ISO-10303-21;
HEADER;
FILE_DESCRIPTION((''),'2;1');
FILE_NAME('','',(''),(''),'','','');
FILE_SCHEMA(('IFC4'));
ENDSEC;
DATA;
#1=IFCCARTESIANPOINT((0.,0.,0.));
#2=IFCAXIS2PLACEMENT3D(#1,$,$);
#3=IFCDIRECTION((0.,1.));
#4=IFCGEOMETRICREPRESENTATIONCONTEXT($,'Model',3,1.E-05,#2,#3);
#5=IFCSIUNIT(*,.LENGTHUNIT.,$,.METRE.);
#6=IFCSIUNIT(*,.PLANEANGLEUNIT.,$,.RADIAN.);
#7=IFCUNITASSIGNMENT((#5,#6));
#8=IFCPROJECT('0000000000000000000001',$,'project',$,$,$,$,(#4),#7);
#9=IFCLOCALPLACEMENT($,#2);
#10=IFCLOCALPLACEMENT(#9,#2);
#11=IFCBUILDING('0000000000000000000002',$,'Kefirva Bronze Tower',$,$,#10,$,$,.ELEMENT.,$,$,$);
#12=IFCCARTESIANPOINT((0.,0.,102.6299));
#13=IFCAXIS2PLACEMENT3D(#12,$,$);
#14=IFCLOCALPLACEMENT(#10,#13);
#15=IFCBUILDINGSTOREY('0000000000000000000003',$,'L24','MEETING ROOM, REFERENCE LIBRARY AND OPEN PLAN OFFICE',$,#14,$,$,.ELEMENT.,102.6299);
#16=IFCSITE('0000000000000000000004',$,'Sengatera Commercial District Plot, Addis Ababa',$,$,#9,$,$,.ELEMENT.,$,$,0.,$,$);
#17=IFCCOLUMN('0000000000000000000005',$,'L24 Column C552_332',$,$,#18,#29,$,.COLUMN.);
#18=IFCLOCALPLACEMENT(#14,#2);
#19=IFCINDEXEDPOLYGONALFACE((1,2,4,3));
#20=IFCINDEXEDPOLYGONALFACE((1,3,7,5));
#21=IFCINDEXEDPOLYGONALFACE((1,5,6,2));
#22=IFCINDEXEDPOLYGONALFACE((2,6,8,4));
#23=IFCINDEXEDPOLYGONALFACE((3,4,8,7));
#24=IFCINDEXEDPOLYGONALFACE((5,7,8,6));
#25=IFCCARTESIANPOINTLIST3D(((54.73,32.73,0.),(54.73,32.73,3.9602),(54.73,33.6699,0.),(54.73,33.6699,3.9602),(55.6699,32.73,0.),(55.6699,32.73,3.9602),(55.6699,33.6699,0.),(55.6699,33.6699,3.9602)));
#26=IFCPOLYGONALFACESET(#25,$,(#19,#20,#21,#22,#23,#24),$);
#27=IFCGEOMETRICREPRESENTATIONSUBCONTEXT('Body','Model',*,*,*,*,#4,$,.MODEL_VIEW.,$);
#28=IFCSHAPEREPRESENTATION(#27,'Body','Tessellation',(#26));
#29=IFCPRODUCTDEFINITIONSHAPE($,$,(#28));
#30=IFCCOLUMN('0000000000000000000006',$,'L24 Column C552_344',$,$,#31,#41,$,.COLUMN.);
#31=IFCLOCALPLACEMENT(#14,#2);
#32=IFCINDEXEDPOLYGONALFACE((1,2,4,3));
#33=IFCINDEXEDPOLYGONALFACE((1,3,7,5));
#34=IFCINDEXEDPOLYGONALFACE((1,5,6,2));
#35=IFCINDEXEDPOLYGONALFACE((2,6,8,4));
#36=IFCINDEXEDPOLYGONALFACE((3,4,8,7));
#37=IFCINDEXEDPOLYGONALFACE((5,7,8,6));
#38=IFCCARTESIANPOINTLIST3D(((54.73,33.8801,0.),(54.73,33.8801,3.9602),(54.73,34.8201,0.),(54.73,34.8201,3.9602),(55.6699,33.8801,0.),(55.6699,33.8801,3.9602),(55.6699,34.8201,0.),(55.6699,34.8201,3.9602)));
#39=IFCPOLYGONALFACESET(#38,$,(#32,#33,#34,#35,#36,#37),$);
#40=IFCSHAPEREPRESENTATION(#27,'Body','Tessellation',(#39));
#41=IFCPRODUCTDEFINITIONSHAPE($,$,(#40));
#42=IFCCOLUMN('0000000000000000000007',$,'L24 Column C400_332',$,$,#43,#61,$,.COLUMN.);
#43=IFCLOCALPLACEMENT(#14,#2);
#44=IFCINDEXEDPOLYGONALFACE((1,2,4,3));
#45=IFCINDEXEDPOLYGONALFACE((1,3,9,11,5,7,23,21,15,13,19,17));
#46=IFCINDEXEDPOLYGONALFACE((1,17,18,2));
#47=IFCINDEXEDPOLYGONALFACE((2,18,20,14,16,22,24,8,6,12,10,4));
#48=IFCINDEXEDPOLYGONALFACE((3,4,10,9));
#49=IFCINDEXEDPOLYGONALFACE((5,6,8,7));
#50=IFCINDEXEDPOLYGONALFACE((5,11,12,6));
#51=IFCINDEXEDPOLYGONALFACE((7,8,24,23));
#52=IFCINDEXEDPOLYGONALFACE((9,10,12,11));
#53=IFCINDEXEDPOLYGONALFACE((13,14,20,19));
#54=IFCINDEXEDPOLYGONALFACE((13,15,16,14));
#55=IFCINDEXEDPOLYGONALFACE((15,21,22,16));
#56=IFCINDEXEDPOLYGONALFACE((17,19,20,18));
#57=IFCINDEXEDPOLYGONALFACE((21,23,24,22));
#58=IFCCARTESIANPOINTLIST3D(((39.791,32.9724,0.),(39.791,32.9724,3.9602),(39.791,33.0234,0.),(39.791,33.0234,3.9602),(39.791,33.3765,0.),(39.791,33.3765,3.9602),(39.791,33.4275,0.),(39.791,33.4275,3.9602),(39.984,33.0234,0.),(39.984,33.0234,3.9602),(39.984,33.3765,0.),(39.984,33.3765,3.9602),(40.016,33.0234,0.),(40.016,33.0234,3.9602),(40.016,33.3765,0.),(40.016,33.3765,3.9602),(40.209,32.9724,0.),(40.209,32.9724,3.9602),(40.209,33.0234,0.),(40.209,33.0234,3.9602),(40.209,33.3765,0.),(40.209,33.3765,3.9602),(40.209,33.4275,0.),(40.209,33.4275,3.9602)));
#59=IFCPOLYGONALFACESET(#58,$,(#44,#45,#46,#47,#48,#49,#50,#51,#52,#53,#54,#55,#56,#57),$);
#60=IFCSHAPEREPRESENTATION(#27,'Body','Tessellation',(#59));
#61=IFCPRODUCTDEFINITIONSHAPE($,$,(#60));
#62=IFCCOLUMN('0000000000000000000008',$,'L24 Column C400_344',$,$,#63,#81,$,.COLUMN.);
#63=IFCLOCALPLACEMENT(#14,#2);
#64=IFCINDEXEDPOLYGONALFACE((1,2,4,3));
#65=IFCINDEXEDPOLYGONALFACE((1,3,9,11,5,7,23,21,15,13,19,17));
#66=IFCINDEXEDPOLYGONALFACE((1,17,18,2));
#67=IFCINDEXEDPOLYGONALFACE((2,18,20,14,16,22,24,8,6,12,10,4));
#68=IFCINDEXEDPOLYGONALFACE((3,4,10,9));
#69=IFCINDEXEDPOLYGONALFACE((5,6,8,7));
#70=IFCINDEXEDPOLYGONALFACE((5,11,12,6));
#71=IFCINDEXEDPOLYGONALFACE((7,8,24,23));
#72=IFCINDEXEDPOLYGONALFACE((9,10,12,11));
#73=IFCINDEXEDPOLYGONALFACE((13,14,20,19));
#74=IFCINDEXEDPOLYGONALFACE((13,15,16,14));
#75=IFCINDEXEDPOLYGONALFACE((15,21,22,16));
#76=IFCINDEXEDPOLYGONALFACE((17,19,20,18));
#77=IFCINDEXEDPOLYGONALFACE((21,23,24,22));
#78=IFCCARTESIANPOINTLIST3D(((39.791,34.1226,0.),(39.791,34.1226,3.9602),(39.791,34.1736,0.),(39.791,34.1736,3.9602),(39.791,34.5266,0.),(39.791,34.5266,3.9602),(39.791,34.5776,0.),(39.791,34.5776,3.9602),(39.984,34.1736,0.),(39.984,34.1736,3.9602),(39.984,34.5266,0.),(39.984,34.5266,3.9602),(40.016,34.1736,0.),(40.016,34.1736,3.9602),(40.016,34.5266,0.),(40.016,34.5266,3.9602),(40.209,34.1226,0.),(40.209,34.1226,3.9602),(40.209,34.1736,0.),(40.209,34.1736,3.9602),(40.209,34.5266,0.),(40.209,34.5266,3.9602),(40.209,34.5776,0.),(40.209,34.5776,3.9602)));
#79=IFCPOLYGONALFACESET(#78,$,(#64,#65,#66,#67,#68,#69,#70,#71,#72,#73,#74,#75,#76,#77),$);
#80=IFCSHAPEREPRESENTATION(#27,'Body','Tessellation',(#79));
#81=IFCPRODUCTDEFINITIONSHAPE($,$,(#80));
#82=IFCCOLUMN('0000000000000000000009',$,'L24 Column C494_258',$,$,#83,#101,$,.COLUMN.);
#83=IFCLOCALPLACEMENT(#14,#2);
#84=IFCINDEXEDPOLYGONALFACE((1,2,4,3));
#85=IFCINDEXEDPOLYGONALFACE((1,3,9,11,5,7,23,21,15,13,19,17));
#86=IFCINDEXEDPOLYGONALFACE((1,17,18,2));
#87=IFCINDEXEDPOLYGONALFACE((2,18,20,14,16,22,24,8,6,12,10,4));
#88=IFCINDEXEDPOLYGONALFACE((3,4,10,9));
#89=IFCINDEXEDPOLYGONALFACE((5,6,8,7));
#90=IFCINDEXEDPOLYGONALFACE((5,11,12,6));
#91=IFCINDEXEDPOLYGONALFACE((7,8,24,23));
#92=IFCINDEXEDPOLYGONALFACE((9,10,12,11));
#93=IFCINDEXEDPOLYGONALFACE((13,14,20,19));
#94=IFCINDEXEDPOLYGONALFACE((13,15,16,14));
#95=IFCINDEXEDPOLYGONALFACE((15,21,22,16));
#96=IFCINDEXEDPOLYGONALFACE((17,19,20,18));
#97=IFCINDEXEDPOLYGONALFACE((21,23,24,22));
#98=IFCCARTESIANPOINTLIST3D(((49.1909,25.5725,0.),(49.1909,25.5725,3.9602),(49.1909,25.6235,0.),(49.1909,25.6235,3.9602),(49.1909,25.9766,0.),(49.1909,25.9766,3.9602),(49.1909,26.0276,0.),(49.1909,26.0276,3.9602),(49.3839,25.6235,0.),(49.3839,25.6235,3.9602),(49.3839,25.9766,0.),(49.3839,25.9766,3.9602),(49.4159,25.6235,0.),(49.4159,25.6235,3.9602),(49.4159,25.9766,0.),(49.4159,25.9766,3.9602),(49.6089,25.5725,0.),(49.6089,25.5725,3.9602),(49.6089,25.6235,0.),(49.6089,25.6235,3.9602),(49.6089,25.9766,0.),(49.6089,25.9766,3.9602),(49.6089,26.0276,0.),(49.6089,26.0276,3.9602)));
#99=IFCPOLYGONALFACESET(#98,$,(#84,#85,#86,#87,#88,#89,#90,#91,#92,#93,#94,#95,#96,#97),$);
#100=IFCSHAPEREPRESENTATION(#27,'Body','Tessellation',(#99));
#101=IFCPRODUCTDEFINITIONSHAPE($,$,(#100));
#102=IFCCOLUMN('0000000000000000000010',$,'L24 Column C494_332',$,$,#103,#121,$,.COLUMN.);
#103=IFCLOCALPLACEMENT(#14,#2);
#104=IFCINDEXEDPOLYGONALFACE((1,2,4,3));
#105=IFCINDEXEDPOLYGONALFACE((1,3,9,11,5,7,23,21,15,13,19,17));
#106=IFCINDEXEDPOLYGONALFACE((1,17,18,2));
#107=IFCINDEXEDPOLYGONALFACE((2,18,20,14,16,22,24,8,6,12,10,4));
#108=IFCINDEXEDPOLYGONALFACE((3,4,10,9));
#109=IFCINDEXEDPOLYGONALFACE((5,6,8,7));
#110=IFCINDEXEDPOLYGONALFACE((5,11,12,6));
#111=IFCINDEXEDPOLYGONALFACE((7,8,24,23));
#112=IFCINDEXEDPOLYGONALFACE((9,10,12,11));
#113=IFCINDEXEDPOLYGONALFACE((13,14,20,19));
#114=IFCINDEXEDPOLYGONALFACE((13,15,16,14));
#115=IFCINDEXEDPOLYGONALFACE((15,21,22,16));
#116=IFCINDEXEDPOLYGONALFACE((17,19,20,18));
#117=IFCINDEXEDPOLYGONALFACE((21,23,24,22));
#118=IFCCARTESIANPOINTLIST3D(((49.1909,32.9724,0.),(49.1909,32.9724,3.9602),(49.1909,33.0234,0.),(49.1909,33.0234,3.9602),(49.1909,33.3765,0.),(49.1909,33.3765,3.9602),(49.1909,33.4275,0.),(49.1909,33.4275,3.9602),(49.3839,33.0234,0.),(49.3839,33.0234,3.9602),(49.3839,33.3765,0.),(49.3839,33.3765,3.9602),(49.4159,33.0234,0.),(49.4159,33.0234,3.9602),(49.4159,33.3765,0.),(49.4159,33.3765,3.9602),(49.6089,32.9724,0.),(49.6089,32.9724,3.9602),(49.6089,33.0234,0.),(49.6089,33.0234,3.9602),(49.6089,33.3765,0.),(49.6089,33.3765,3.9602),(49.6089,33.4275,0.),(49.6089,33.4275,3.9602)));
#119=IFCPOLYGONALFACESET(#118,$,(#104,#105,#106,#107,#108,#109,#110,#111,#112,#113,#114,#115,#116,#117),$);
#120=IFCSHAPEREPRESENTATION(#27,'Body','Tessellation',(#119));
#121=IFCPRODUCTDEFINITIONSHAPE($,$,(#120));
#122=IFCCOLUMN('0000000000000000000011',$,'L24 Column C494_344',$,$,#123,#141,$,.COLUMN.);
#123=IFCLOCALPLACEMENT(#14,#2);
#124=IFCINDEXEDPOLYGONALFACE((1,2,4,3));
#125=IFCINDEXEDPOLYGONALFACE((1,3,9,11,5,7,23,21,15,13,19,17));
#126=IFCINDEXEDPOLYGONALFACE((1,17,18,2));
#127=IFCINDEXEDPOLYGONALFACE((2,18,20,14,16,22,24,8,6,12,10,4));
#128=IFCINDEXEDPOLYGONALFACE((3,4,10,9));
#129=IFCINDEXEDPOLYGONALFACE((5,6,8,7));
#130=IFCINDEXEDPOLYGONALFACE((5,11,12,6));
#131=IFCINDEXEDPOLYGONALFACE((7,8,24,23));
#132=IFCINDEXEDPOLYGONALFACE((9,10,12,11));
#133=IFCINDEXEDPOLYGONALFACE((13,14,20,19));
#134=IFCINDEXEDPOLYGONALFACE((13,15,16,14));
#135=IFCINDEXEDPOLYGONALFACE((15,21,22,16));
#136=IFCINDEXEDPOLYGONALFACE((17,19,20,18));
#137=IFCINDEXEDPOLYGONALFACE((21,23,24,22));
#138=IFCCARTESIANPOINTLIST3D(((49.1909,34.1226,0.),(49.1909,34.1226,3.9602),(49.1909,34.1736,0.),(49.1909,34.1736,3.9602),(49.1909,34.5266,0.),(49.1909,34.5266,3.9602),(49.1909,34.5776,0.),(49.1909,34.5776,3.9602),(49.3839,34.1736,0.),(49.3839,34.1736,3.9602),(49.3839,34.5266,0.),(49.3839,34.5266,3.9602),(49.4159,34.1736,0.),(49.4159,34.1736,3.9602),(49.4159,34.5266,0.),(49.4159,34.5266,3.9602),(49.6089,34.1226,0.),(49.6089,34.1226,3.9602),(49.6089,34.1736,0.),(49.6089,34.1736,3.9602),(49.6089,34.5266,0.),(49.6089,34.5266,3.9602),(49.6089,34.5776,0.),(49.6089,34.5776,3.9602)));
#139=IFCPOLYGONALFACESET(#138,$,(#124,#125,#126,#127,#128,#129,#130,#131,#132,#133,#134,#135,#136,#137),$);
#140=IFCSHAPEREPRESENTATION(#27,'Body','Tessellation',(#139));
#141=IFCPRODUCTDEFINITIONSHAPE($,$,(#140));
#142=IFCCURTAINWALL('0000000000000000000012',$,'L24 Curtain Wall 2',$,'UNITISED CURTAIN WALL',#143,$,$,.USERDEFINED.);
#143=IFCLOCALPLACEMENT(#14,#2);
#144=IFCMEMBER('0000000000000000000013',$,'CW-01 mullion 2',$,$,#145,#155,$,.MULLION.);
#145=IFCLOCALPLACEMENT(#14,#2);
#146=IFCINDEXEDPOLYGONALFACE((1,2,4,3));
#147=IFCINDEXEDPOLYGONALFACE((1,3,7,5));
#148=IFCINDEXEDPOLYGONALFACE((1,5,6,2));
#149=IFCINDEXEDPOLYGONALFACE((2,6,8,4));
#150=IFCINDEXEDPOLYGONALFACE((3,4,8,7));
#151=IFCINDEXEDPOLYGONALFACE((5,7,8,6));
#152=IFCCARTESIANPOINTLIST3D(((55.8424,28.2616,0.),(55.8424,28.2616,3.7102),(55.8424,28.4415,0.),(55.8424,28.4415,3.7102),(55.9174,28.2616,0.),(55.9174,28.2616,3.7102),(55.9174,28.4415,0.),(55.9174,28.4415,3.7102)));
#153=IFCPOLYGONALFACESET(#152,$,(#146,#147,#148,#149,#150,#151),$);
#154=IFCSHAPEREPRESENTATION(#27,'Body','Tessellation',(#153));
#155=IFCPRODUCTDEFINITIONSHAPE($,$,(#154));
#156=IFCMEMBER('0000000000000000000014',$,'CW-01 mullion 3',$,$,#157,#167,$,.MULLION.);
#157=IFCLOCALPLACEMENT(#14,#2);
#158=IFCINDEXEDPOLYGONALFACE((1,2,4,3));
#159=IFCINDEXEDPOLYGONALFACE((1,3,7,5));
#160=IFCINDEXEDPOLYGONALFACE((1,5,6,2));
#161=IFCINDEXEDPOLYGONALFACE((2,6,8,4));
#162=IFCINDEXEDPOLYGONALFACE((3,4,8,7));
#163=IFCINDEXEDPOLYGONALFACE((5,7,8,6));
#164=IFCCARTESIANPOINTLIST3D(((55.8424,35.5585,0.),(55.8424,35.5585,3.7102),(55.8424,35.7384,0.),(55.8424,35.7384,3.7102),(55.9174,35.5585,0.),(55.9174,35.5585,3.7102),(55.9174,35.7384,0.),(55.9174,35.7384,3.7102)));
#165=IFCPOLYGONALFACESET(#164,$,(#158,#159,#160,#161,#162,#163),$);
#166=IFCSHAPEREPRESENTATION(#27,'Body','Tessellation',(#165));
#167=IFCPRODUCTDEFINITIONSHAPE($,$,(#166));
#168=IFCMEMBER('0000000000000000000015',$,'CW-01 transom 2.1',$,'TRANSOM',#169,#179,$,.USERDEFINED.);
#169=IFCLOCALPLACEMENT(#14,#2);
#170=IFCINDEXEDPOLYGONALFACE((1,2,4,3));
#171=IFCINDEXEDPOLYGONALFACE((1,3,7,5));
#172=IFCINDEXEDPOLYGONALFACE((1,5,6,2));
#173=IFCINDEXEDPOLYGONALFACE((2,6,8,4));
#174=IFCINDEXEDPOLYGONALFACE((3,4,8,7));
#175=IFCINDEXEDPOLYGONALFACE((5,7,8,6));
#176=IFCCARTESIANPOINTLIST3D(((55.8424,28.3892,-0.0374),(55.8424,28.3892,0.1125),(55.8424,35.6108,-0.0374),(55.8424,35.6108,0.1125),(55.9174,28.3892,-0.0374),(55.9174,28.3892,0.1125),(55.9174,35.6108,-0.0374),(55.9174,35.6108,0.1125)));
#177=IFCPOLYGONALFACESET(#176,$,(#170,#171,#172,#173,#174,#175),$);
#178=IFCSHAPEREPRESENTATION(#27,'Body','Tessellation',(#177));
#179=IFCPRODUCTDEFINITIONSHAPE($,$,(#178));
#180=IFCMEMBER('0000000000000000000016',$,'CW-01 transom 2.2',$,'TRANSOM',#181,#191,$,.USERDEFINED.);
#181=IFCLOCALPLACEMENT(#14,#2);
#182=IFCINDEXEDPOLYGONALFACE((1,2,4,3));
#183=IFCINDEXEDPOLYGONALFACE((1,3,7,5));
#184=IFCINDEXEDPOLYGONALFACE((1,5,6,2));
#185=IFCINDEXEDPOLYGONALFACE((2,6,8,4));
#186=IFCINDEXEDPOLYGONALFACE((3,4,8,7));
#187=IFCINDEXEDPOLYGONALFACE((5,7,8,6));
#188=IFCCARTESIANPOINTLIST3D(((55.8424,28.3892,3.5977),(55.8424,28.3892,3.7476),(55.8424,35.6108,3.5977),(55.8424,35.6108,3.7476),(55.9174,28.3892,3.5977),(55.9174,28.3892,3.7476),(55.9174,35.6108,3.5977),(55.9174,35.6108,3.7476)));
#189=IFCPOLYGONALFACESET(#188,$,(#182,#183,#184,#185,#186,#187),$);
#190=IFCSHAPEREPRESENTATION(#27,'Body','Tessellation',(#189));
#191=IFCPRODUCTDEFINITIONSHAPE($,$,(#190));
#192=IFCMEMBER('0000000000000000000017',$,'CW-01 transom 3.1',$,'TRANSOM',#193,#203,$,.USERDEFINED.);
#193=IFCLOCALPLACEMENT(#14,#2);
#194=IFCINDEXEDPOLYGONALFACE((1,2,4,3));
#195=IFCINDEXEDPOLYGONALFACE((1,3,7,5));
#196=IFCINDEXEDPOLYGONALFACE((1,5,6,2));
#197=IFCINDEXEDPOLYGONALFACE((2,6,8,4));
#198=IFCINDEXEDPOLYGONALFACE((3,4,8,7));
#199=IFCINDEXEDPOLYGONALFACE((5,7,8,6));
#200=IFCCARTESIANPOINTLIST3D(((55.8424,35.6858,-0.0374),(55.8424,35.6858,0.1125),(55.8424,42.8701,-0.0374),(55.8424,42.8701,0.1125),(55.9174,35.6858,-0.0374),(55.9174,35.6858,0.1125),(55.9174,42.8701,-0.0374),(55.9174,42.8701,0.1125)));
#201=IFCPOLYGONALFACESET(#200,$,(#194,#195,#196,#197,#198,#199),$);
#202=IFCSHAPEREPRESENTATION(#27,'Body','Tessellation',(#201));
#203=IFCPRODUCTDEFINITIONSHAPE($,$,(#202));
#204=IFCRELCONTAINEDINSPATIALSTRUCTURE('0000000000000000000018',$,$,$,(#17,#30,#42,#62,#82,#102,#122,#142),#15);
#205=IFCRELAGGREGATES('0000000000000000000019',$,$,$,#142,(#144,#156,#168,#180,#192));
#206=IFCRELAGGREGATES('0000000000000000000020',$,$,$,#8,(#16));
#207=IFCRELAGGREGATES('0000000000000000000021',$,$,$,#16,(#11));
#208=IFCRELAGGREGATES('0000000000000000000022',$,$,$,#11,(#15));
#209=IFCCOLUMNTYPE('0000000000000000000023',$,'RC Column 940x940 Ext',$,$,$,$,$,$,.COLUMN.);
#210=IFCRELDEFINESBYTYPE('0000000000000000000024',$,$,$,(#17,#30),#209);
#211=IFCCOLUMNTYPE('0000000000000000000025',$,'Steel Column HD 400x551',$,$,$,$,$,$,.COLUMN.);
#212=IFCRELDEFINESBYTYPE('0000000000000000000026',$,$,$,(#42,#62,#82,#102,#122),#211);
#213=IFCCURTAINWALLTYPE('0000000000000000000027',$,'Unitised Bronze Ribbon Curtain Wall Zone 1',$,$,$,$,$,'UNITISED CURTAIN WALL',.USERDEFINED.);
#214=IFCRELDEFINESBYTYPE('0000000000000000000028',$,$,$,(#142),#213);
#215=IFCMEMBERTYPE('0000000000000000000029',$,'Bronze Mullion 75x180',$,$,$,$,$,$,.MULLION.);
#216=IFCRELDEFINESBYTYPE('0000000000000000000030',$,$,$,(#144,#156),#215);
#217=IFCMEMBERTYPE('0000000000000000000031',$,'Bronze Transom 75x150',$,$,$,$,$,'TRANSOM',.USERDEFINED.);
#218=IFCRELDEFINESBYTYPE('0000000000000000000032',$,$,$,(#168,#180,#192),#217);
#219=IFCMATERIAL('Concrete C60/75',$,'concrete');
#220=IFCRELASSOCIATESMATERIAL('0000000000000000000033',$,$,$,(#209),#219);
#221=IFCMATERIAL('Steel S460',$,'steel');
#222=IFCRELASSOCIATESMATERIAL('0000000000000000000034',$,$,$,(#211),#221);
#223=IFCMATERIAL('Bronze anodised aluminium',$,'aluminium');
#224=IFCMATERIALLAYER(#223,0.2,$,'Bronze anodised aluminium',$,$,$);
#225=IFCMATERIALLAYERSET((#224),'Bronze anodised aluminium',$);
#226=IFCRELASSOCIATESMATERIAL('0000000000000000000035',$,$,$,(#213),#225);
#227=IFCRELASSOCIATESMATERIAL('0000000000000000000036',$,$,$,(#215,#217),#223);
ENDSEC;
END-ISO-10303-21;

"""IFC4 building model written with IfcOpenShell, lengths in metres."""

from ifc_helpers import new_model, si_unit, direction, frame, origin, origin_2d, place, context, subcontext, project, spatial, rectangle, i_section, extrude, material, layer, layer_set, material_profile, profile_set, type_object, element, aggregate, save


model = new_model("IFC4")

# Units and contexts
model_context = context("Model", 3, precision=1e-05, world=origin(), true_north=direction((0.0, 1.0)))
body_context = subcontext(model_context, "Body", "Model", "MODEL_VIEW")
ifc_project = project(units=[si_unit("LENGTHUNIT", "METRE"), si_unit("PLANEANGLEUNIT", "RADIAN")], contexts=[model_context])

# Site, building, storey
site_placement = place(None, origin())
site = spatial("IfcSite", under=ifc_project, at=site_placement, Name="Sengatera Commercial District Plot, Addis Ababa", CompositionType="ELEMENT", RefElevation=0.0)
building_placement = place(site_placement, origin())
building = spatial("IfcBuilding", under=site, at=building_placement, Name="Kefirva Bronze Tower", CompositionType="ELEMENT")
storey_placement = place(building_placement, frame((0.0, 0.0, 102.6299)))
storey = spatial("IfcBuildingStorey", under=building, at=storey_placement, Name="L24", Description="MEETING ROOM, REFERENCE LIBRARY AND OPEN PLAN OFFICE", CompositionType="ELEMENT", Elevation=102.6299)

# Columns
ifc_material_1 = material(Name="Concrete C60/75", Category="concrete")
ifc_material_profile_1 = material_profile(ifc_material_1, rectangle(XDim=0.9399, YDim=0.9399, at=origin_2d()), Name="RC 940x940")
ifc_profile_set_1 = profile_set([ifc_material_profile_1], Name="Concrete C60/75")
column_type_1 = type_object("IfcColumnType", Name="RC Column 940x940 Ext", PredefinedType="COLUMN", material=ifc_profile_set_1)
for number, where, z_axis, x_axis, name in (
    (1, (55.2, 33.2, 0.0), (0.0, 0.0, 1.0), (1.0, 0.0, 0.0), "L24 Column C552_332"),
    (2, (55.2, 34.3501, 0.0), (0.0, 0.0, 1.0), (1.0, 0.0, 0.0), "L24 Column C552_344"),
):
    element("IfcColumn", number, at=place(storey_placement, frame(where, z_axis=z_axis, x_axis=x_axis)), inside=storey, type_object=column_type_1, Name=name, PredefinedType="COLUMN", context=body_context, shape_type="SweptSolid", body=[
        extrude(rectangle(XDim=0.9399, YDim=0.9399, at=origin_2d()), origin(), (0.0, 0.0, 1.0), 3.9602),
    ])
ifc_material_2 = material(Name="Steel S460", Category="steel")
ifc_material_profile_2 = material_profile(ifc_material_2, i_section(OverallWidth=0.418, OverallDepth=0.4551, WebThickness=0.032, FlangeThickness=0.051, at=origin_2d()), Name="HD 400x551")
ifc_profile_set_2 = profile_set([ifc_material_profile_2], Name="Steel S460")
column_type_2 = type_object("IfcColumnType", Name="Steel Column HD 400x551", PredefinedType="COLUMN", material=ifc_profile_set_2)
for number, where, z_axis, x_axis, name in (
    (3, (40.0, 33.2, 0.0), (0.0, 0.0, 1.0), (1.0, 0.0, 0.0), "L24 Column C400_332"),
    (4, (40.0, 34.3501, 0.0), (0.0, 0.0, 1.0), (1.0, 0.0, 0.0), "L24 Column C400_344"),
    (5, (49.3999, 25.8, 0.0), (0.0, 0.0, 1.0), (1.0, 0.0, 0.0), "L24 Column C494_258"),
    (6, (49.3999, 33.2, 0.0), (0.0, 0.0, 1.0), (1.0, 0.0, 0.0), "L24 Column C494_332"),
    (7, (49.3999, 34.3501, 0.0), (0.0, 0.0, 1.0), (1.0, 0.0, 0.0), "L24 Column C494_344"),
):
    element("IfcColumn", number, at=place(storey_placement, frame(where, z_axis=z_axis, x_axis=x_axis)), inside=storey, type_object=column_type_2, Name=name, PredefinedType="COLUMN", context=body_context, shape_type="SweptSolid", body=[
        extrude(i_section(OverallWidth=0.418, OverallDepth=0.4551, WebThickness=0.032, FlangeThickness=0.051, at=origin_2d()), origin(), (0.0, 0.0, 1.0), 3.9602),
    ])

# Curtain wall, members
ifc_material_3 = material(Name="Bronze anodised aluminium", Category="aluminium")
ifc_layer_1 = layer(ifc_material_3, 0.2, Name="Bronze anodised aluminium")
ifc_layer_set_1 = layer_set([ifc_layer_1], Name="Bronze anodised aluminium")
curtain_wall_type = type_object("IfcCurtainWallType", Name="Unitised Bronze Ribbon Curtain Wall Zone 1", ElementType="UNITISED CURTAIN WALL", PredefinedType="USERDEFINED", material=ifc_layer_set_1)
curtain_wall_placement = place(storey_placement, origin())
curtain_wall = element("IfcCurtainWall", 8, at=curtain_wall_placement, inside=storey, type_object=curtain_wall_type, Name="L24 Curtain Wall 2", ObjectType="UNITISED CURTAIN WALL", PredefinedType="USERDEFINED")
ifc_material_profile_3 = material_profile(ifc_material_3, rectangle(XDim=0.075, YDim=0.1799, at=origin_2d()), Name="ALU 75x180")
ifc_profile_set_3 = profile_set([ifc_material_profile_3], Name="Bronze anodised aluminium")
member_type_1 = type_object("IfcMemberType", Name="Bronze Mullion 75x180", PredefinedType="MULLION", material=ifc_profile_set_3)
member_1_placement = place(storey_placement, frame((55.8799, 28.3516, 0.0), z_axis=(0.0, 0.0, 1.0), x_axis=(-1.0, 0.0, 0.0)))
member_1 = element("IfcMember", 9, at=member_1_placement, type_object=member_type_1, Name="CW-01 mullion 2", PredefinedType="MULLION", context=body_context, shape_type="SweptSolid", body=[
    extrude(rectangle(XDim=0.075, YDim=0.1799, at=origin_2d()), origin(), (0.0, 0.0, 1.0), 3.7102),
])
member_2_placement = place(storey_placement, frame((55.8799, 35.6484, 0.0), z_axis=(0.0, 0.0, 1.0), x_axis=(-1.0, 0.0, 0.0)))
member_2 = element("IfcMember", 10, at=member_2_placement, type_object=member_type_1, Name="CW-01 mullion 3", PredefinedType="MULLION", context=body_context, shape_type="SweptSolid", body=[
    extrude(rectangle(XDim=0.075, YDim=0.1799, at=origin_2d()), origin(), (0.0, 0.0, 1.0), 3.7102),
])
ifc_material_profile_4 = material_profile(ifc_material_3, rectangle(XDim=0.075, YDim=0.1499, at=origin_2d()), Name="ALU 75x150")
ifc_profile_set_4 = profile_set([ifc_material_profile_4], Name="Bronze anodised aluminium")
member_type_2 = type_object("IfcMemberType", Name="Bronze Transom 75x150", ElementType="TRANSOM", PredefinedType="USERDEFINED", material=ifc_profile_set_4)
member_3_placement = place(storey_placement, frame((55.8799, 28.3892, 0.0376), z_axis=(0.0, 1.0, 0.0), x_axis=(-1.0, 0.0, 0.0)))
member_3 = element("IfcMember", 11, at=member_3_placement, type_object=member_type_2, Name="CW-01 transom 2.1", ObjectType="TRANSOM", PredefinedType="USERDEFINED", context=body_context, shape_type="SweptSolid", body=[
    extrude(rectangle(XDim=0.075, YDim=0.1499, at=origin_2d()), origin(), (0.0, 0.0, 1.0), 7.2217),
])
member_4_placement = place(storey_placement, frame((55.8799, 28.3892, 3.6726), z_axis=(0.0, 1.0, 0.0), x_axis=(-1.0, 0.0, 0.0)))
member_4 = element("IfcMember", 12, at=member_4_placement, type_object=member_type_2, Name="CW-01 transom 2.2", ObjectType="TRANSOM", PredefinedType="USERDEFINED", context=body_context, shape_type="SweptSolid", body=[
    extrude(rectangle(XDim=0.075, YDim=0.1499, at=origin_2d()), origin(), (0.0, 0.0, 1.0), 7.2217),
])
member_5_placement = place(storey_placement, frame((55.8799, 35.6858, 0.0376), z_axis=(0.0, 1.0, 0.0), x_axis=(-1.0, 0.0, 0.0)))
member_5 = element("IfcMember", 13, at=member_5_placement, type_object=member_type_2, Name="CW-01 transom 3.1", ObjectType="TRANSOM", PredefinedType="USERDEFINED", context=body_context, shape_type="SweptSolid", body=[
    extrude(rectangle(XDim=0.075, YDim=0.1499, at=origin_2d()), origin(), (0.0, 0.0, 1.0), 7.1843),
])

aggregate(curtain_wall, [member_1, member_2, member_3, member_4, member_5])

save(model, "model.ifc")
